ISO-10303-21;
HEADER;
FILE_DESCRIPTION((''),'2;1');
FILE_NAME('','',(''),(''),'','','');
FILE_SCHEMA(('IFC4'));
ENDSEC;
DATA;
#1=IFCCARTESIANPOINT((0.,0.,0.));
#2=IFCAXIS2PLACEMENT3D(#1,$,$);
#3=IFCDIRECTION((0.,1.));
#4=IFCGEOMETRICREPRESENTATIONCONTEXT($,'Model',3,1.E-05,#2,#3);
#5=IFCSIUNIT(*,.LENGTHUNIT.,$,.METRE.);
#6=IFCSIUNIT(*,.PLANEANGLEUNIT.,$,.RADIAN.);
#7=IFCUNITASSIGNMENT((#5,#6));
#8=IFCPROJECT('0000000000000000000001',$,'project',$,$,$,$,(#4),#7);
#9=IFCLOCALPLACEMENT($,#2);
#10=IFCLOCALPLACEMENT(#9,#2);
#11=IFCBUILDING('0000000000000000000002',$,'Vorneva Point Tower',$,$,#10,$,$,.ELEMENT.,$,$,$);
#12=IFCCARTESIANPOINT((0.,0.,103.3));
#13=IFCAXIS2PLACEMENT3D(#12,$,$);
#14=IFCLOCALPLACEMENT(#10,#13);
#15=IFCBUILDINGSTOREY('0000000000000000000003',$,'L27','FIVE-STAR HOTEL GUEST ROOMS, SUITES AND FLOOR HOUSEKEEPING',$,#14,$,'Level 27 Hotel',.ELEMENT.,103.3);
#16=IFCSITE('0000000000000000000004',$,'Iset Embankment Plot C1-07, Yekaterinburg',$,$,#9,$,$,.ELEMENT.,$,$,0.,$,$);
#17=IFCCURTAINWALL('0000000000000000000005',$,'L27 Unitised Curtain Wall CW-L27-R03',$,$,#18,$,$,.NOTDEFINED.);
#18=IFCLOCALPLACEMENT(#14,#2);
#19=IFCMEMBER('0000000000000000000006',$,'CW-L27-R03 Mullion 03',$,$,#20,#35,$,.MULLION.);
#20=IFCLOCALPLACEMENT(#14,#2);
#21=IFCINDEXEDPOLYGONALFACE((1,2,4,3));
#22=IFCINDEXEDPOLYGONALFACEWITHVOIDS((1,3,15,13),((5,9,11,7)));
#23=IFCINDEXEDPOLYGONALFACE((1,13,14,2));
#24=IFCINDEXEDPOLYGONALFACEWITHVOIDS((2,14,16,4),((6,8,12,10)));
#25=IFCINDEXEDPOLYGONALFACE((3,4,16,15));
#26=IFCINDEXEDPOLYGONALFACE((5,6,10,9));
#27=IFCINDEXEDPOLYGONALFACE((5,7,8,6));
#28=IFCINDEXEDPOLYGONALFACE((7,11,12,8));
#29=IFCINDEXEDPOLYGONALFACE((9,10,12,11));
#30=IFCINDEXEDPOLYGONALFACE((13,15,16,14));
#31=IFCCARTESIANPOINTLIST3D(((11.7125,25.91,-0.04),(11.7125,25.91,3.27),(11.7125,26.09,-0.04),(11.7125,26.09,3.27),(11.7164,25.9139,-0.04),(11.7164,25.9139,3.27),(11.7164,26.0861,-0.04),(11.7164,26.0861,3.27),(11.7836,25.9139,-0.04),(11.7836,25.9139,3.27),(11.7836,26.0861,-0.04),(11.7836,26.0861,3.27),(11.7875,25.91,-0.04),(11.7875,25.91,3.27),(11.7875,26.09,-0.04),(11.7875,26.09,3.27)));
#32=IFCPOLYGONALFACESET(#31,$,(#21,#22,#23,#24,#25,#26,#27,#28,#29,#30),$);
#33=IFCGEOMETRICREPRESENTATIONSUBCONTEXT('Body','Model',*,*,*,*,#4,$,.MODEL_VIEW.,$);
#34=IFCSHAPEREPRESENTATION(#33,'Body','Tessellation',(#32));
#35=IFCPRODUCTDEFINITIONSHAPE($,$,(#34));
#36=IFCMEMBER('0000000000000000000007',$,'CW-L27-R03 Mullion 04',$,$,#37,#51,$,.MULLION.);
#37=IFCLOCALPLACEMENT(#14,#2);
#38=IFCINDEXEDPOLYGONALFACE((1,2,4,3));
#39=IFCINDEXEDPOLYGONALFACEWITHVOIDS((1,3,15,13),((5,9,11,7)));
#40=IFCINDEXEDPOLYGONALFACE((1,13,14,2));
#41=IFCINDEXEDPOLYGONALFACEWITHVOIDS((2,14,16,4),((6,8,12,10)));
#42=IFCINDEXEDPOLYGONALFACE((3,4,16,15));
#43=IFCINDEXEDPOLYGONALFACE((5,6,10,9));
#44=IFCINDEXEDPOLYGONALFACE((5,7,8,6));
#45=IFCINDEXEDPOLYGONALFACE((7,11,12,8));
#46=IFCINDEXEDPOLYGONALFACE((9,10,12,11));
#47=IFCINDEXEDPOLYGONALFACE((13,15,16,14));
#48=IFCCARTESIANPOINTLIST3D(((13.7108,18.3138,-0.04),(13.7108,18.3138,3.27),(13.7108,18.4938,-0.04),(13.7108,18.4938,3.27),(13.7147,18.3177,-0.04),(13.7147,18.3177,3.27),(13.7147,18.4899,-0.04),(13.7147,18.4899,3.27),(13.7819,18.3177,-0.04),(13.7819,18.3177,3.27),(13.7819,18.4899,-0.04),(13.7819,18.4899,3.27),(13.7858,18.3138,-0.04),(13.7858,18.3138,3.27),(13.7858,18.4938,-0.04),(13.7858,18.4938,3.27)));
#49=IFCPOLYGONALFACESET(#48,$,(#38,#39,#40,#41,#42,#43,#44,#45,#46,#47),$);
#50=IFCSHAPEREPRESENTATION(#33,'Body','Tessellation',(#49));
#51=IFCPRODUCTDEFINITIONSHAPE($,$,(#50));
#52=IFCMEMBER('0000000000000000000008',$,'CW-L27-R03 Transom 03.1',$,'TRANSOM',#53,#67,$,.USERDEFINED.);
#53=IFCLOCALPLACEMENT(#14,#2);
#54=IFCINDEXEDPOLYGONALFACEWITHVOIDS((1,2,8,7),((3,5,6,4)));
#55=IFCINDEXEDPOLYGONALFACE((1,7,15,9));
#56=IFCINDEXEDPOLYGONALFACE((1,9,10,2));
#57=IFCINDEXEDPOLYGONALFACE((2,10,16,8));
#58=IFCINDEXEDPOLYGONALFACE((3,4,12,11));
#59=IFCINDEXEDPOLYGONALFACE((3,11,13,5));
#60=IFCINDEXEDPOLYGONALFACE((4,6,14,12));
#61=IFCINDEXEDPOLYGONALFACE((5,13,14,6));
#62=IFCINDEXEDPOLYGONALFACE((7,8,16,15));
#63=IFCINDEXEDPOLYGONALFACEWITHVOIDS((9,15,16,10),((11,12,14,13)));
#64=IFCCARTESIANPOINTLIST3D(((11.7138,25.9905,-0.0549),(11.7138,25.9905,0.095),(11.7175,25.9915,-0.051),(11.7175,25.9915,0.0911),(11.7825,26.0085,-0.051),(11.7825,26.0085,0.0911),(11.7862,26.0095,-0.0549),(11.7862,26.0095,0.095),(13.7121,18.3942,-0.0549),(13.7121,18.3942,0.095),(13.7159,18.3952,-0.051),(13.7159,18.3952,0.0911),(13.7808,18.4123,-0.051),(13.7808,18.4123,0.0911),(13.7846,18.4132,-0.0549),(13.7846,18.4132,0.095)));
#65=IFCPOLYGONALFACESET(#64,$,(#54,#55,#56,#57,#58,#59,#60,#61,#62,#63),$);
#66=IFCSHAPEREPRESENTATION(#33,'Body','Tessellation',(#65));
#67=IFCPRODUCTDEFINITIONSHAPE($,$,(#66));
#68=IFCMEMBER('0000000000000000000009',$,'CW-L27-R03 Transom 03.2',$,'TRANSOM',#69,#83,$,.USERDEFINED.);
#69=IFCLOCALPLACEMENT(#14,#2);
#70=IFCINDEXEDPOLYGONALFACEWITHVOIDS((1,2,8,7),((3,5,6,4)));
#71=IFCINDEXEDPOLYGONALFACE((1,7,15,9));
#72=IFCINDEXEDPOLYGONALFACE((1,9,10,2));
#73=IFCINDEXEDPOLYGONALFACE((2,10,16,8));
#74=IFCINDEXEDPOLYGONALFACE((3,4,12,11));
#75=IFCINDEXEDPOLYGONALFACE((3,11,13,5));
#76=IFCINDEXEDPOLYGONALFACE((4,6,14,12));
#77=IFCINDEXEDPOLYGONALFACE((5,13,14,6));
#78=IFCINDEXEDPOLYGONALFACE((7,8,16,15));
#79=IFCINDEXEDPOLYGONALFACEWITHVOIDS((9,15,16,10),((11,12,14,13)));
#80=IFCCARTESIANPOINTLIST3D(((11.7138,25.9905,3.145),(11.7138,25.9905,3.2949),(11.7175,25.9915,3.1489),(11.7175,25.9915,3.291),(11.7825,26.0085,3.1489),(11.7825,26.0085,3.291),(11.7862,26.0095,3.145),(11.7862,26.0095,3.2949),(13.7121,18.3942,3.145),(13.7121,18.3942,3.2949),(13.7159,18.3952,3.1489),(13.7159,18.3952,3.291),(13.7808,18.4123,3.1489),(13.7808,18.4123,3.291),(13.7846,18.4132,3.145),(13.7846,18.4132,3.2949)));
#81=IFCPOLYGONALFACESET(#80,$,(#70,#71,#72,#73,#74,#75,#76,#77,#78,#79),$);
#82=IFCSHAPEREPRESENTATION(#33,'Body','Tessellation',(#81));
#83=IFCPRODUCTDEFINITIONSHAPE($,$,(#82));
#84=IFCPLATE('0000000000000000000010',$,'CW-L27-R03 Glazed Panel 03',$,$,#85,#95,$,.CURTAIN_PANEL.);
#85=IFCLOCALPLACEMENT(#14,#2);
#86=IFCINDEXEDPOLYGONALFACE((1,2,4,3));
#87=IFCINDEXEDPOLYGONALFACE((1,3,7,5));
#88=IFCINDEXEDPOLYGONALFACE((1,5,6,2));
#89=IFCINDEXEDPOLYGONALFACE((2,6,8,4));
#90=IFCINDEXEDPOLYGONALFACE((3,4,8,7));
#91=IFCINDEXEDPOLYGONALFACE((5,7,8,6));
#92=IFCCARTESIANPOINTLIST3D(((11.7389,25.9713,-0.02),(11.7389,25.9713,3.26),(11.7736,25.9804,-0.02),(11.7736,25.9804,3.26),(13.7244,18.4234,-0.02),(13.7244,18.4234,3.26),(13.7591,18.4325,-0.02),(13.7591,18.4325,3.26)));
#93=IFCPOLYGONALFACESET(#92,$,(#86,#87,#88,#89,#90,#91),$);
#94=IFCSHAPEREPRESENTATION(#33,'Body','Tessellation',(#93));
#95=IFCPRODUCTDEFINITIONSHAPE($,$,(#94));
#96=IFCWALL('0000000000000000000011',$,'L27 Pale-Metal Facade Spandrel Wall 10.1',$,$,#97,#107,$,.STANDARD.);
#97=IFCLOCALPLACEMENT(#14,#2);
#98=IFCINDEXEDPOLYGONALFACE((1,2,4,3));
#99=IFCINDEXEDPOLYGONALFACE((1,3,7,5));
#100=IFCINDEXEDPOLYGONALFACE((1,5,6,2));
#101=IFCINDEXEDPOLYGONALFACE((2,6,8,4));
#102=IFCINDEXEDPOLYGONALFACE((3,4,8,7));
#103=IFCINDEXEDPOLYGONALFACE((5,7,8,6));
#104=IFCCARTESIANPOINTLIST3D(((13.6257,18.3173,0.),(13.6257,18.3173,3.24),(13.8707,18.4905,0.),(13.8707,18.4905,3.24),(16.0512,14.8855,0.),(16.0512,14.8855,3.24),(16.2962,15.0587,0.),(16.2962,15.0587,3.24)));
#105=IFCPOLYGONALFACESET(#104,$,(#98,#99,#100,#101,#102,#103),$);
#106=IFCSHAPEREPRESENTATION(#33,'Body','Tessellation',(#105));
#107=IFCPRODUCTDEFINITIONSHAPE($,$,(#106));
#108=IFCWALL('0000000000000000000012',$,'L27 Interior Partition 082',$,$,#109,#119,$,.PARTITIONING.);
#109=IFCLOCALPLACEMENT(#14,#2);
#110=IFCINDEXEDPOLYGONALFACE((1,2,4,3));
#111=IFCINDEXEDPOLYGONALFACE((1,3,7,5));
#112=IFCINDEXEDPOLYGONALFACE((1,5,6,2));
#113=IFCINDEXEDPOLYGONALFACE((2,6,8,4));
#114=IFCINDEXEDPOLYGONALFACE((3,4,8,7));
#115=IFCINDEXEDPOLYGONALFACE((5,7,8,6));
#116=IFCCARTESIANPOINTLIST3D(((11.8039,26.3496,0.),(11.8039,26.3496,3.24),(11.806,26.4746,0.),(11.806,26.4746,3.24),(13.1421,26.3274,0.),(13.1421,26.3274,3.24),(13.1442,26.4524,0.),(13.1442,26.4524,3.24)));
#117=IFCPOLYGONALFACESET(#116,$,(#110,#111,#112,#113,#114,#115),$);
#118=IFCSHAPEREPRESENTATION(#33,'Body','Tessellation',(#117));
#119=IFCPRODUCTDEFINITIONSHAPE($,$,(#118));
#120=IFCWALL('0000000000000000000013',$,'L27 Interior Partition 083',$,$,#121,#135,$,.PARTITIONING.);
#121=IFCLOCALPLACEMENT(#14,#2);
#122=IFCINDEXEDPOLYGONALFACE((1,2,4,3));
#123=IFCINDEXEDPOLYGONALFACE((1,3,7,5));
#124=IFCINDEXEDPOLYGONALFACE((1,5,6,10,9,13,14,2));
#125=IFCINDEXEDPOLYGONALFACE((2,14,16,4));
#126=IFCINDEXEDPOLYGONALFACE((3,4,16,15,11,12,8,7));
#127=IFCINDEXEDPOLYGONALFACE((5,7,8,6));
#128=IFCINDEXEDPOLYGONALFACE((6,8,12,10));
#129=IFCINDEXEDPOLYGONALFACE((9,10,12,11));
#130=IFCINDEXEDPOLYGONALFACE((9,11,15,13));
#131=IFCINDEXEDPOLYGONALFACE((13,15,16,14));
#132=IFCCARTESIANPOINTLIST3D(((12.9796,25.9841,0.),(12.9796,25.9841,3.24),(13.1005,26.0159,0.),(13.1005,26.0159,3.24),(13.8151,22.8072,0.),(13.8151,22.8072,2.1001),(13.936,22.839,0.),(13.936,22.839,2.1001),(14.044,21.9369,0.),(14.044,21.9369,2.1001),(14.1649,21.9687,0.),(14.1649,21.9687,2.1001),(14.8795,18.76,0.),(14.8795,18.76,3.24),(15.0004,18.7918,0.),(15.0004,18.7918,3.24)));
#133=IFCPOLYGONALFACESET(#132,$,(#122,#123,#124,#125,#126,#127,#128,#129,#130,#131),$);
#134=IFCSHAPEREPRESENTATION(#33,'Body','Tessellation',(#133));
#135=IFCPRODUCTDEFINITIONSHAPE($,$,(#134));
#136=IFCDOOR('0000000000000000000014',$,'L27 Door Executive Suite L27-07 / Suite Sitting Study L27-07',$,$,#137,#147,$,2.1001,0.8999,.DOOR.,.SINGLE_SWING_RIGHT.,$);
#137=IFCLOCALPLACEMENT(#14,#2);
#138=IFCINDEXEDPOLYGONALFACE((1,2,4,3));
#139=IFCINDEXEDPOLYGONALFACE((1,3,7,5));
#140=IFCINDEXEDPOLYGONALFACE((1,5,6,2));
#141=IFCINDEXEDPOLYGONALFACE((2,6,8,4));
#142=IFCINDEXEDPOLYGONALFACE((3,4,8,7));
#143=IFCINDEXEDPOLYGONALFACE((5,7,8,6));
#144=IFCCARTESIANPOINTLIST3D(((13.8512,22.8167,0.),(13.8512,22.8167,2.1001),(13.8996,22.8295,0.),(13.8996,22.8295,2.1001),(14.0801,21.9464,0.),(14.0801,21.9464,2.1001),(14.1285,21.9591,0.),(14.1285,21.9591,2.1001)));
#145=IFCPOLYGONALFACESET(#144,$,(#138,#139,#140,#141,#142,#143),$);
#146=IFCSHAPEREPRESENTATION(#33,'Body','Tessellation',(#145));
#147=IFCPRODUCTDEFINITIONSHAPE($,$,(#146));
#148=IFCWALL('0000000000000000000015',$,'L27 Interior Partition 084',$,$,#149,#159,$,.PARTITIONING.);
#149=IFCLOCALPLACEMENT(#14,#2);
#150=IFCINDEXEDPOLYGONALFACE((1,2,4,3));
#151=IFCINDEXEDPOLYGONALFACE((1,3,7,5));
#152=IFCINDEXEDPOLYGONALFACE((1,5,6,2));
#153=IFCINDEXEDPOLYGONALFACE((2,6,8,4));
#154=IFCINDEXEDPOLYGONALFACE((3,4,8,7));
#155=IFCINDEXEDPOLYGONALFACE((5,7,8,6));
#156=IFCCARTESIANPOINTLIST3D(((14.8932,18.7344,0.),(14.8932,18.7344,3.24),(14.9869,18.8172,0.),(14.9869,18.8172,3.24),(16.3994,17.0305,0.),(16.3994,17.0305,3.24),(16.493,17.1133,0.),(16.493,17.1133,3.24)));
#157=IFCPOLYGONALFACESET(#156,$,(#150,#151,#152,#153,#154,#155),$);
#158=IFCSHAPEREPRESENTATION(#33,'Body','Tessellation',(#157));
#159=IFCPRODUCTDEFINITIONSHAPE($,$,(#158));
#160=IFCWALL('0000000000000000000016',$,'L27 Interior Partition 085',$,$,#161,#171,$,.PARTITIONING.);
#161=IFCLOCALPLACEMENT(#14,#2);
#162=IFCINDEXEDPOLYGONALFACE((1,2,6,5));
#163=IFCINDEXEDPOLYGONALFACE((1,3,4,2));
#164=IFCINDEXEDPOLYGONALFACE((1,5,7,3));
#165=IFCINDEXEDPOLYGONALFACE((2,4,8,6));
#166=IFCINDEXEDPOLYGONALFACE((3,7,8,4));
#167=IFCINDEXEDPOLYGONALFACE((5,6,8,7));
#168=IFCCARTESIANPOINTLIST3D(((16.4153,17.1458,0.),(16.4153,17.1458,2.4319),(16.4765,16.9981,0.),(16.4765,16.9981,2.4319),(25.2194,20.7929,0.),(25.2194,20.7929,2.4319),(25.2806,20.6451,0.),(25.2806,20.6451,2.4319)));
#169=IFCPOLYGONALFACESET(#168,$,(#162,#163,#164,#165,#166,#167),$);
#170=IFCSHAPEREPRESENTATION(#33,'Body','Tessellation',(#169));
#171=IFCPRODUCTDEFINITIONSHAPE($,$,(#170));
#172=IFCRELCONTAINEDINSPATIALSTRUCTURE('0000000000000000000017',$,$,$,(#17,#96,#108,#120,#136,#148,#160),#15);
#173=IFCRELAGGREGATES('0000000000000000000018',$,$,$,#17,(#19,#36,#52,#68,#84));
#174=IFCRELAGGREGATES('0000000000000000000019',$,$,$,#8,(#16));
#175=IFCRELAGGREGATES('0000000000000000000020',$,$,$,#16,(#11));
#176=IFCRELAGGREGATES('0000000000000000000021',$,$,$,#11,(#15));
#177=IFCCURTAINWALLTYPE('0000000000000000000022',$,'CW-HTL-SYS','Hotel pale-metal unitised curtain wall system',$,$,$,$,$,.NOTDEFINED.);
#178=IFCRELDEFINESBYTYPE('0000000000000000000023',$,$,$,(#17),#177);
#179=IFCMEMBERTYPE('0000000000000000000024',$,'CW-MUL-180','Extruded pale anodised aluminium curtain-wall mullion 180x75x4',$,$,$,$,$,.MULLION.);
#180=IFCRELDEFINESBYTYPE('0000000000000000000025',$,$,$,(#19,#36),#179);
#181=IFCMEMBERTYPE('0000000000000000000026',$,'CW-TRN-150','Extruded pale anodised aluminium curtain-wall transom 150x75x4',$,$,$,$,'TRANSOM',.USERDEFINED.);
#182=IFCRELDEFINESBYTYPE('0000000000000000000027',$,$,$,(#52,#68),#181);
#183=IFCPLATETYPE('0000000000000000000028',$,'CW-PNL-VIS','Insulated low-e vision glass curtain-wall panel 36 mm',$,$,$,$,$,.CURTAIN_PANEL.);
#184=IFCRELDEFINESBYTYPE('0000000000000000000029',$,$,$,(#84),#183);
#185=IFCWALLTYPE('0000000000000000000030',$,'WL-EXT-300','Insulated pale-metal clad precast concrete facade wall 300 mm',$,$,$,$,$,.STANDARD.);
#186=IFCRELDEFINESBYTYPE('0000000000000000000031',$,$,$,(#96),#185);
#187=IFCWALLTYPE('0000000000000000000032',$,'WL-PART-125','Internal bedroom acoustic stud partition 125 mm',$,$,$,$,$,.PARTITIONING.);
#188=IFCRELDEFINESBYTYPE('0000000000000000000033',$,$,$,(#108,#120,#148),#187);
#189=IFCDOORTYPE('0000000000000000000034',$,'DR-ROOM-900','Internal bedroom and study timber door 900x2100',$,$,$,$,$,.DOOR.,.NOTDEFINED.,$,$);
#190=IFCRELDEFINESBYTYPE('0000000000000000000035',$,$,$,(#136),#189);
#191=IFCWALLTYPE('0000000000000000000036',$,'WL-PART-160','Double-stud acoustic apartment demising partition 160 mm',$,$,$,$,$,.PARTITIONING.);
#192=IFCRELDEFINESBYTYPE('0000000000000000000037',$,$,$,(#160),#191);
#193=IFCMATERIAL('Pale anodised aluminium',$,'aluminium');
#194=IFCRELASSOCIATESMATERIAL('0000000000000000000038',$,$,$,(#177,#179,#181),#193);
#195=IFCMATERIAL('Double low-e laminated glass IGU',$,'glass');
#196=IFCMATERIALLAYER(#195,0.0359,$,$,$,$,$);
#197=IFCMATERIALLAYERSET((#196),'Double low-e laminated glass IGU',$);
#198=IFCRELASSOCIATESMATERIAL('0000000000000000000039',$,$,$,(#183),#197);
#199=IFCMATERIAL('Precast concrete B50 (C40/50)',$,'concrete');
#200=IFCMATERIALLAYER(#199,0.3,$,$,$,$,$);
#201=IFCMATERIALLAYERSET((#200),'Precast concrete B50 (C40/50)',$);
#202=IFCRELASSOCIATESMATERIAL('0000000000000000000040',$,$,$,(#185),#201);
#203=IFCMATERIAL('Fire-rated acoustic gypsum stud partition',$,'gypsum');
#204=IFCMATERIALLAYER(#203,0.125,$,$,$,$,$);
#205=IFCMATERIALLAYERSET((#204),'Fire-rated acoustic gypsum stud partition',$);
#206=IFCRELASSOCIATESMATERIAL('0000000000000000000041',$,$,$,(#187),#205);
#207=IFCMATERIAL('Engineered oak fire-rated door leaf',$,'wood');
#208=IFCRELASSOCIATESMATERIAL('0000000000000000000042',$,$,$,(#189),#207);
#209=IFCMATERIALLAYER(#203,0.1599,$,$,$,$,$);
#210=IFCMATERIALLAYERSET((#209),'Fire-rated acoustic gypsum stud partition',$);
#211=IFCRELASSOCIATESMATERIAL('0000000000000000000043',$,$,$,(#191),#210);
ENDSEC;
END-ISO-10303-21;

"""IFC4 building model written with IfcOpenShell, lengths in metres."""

from ifc_helpers import new_model, si_unit, direction, frame, frame_2d, origin, origin_2d, place, context, subcontext, project, spatial, rectangle, hollow_rectangle, extrude, material, layer, layer_set, material_profile, profile_set, type_object, element, fill, aggregate, save


model = new_model("IFC4")

# Units and contexts
model_context = context("Model", 3, precision=1e-05, world=origin(), true_north=direction((0.0, 1.0)))
body_context = subcontext(model_context, "Body", "Model", "MODEL_VIEW")
ifc_project = project(units=[si_unit("LENGTHUNIT", "METRE"), si_unit("PLANEANGLEUNIT", "RADIAN")], contexts=[model_context])

# Site, building, storey
site_placement = place(None, origin())
site = spatial("IfcSite", under=ifc_project, at=site_placement, Name="Iset Embankment Plot C1-07, Yekaterinburg", CompositionType="ELEMENT", RefElevation=0.0)
building_placement = place(site_placement, origin())
building = spatial("IfcBuilding", under=site, at=building_placement, Name="Vorneva Point Tower", CompositionType="ELEMENT")
storey_placement = place(building_placement, frame((0.0, 0.0, 103.3)))
storey = spatial("IfcBuildingStorey", under=building, at=storey_placement, Name="L27", Description="FIVE-STAR HOTEL GUEST ROOMS, SUITES AND FLOOR HOUSEKEEPING", LongName="Level 27 Hotel", CompositionType="ELEMENT", Elevation=103.3)

# Curtain wall, members, plate
ifc_material_1 = material(Name="Pale anodised aluminium", Category="aluminium")
curtain_wall_type = type_object("IfcCurtainWallType", Name="CW-HTL-SYS", Description="Hotel pale-metal unitised curtain wall system", PredefinedType="NOTDEFINED", material=ifc_material_1)
curtain_wall_placement = place(storey_placement, origin())
curtain_wall = element("IfcCurtainWall", 1, at=curtain_wall_placement, inside=storey, type_object=curtain_wall_type, Name="L27 Unitised Curtain Wall CW-L27-R03", PredefinedType="NOTDEFINED")
ifc_material_profile_1 = material_profile(ifc_material_1, hollow_rectangle(XDim=0.075, YDim=0.1799, WallThickness=0.0039, at=origin_2d()), Name="AL-MUL 180x75x4")
ifc_profile_set_1 = profile_set([ifc_material_profile_1], Name="Pale anodised aluminium")
member_type_1 = type_object("IfcMemberType", Name="CW-MUL-180", Description="Extruded pale anodised aluminium curtain-wall mullion 180x75x4", PredefinedType="MULLION", material=ifc_profile_set_1)
member_1_placement = place(storey_placement, frame((11.75, 26.0, -0.04), z_axis=(0.0, 0.0, 1.0), x_axis=(1.0, 0.0, 0.0)))
member_1 = element("IfcMember", 2, at=member_1_placement, type_object=member_type_1, Name="CW-L27-R03 Mullion 03", PredefinedType="MULLION", context=body_context, shape_type="SweptSolid", body=[
    extrude(hollow_rectangle(XDim=0.075, YDim=0.1799, WallThickness=0.0039, at=origin_2d()), origin(), (0.0, 0.0, 1.0), 3.3101),
])
member_2_placement = place(storey_placement, frame((13.7483, 18.4038, -0.04), z_axis=(0.0, 0.0, 1.0), x_axis=(1.0, 0.0, 0.0)))
member_2 = element("IfcMember", 3, at=member_2_placement, type_object=member_type_1, Name="CW-L27-R03 Mullion 04", PredefinedType="MULLION", context=body_context, shape_type="SweptSolid", body=[
    extrude(hollow_rectangle(XDim=0.075, YDim=0.1799, WallThickness=0.0039, at=origin_2d()), origin(), (0.0, 0.0, 1.0), 3.3101),
])
ifc_material_profile_2 = material_profile(ifc_material_1, hollow_rectangle(XDim=0.075, YDim=0.1499, WallThickness=0.0039, at=origin_2d()), Name="AL-TRN 150x75x4")
ifc_profile_set_2 = profile_set([ifc_material_profile_2], Name="Pale anodised aluminium")
member_type_2 = type_object("IfcMemberType", Name="CW-TRN-150", Description="Extruded pale anodised aluminium curtain-wall transom 150x75x4", ElementType="TRANSOM", PredefinedType="USERDEFINED", material=ifc_profile_set_2)
member_3_placement = place(storey_placement, frame((11.75, 26.0, 0.02), z_axis=(0.254409, -0.967097, 0.0), x_axis=(0.967097, 0.254409, 0.0)))
member_3 = element("IfcMember", 4, at=member_3_placement, type_object=member_type_2, Name="CW-L27-R03 Transom 03.1", ObjectType="TRANSOM", PredefinedType="USERDEFINED", context=body_context, shape_type="SweptSolid", body=[
    extrude(hollow_rectangle(XDim=0.075, YDim=0.1499, WallThickness=0.0039, at=origin_2d()), origin(), (0.0, 0.0, 1.0), 7.8547),
])
member_4_placement = place(storey_placement, frame((11.75, 26.0, 3.22), z_axis=(0.254409, -0.967097, 0.0), x_axis=(0.967097, 0.254409, 0.0)))
member_4 = element("IfcMember", 5, at=member_4_placement, type_object=member_type_2, Name="CW-L27-R03 Transom 03.2", ObjectType="TRANSOM", PredefinedType="USERDEFINED", context=body_context, shape_type="SweptSolid", body=[
    extrude(hollow_rectangle(XDim=0.075, YDim=0.1499, WallThickness=0.0039, at=origin_2d()), origin(), (0.0, 0.0, 1.0), 7.8547),
])
ifc_material_2 = material(Name="Double low-e laminated glass IGU", Category="glass")
ifc_layer_1 = layer(ifc_material_2, 0.0359)
ifc_layer_set_1 = layer_set([ifc_layer_1], Name="Double low-e laminated glass IGU")
plate_type = type_object("IfcPlateType", Name="CW-PNL-VIS", Description="Insulated low-e vision glass curtain-wall panel 36 mm", PredefinedType="CURTAIN_PANEL", material=ifc_layer_set_1)
plate_placement = place(storey_placement, frame((12.749, 22.2019, -0.02), z_axis=(0.0, 0.0, 1.0), x_axis=(0.254399, -0.967099, 0.0)))
plate = element("IfcPlate", 6, at=plate_placement, type_object=plate_type, Name="CW-L27-R03 Glazed Panel 03", PredefinedType="CURTAIN_PANEL", context=body_context, shape_type="SweptSolid", body=[
    extrude(rectangle(XDim=7.8047, YDim=0.0359, at=origin_2d()), origin(), (0.0, 0.0, 1.0), 3.28),
])
aggregate(curtain_wall, [member_1, member_2, member_3, member_4, plate])

# Walls
ifc_material_3 = material(Name="Precast concrete B50 (C40/50)", Category="concrete")
ifc_layer_2 = layer(ifc_material_3, 0.3)
ifc_layer_set_2 = layer_set([ifc_layer_2], Name="Precast concrete B50 (C40/50)")
wall_type_1 = type_object("IfcWallType", Name="WL-EXT-300", Description="Insulated pale-metal clad precast concrete facade wall 300 mm", PredefinedType="STANDARD", material=ifc_layer_set_2)
wall_1_placement = place(storey_placement, frame((13.7483, 18.4038, 0.0), z_axis=(0.0, 0.0, 1.0), x_axis=(0.577164, -0.816628, 0.0)))
element("IfcWall", 7, at=wall_1_placement, inside=storey, type_object=wall_type_1, Name="L27 Pale-Metal Facade Spandrel Wall 10.1", PredefinedType="STANDARD", context=body_context, shape_type="SweptSolid", body=[
    extrude(rectangle(XDim=4.2024, YDim=0.3, at=frame_2d((2.1011, 0.0))), origin(), (0.0, 0.0, 1.0), 3.24),
])
ifc_material_4 = material(Name="Fire-rated acoustic gypsum stud partition", Category="gypsum")
ifc_layer_3 = layer(ifc_material_4, 0.125)
ifc_layer_set_3 = layer_set([ifc_layer_3], Name="Fire-rated acoustic gypsum stud partition")
wall_type_2 = type_object("IfcWallType", Name="WL-PART-125", Description="Internal bedroom acoustic stud partition 125 mm", PredefinedType="PARTITIONING", material=ifc_layer_set_3)
wall_2_placement = place(storey_placement, frame((11.8049, 26.4121, 0.0), z_axis=(0.0, 0.0, 1.0), x_axis=(0.999862, -0.016601, 0.0)))
element("IfcWall", 8, at=wall_2_placement, inside=storey, type_object=wall_type_2, Name="L27 Interior Partition 082", PredefinedType="PARTITIONING", context=body_context, shape_type="SweptSolid", body=[
    extrude(rectangle(XDim=1.3384, YDim=0.125, at=frame_2d((0.6692, 0.0))), origin(), (0.0, 0.0, 1.0), 3.24),
])

# Wall, opening, door
wall_3_placement = place(storey_placement, frame((13.04, 26.0, 0.0), z_axis=(0.0, 0.0, 1.0), x_axis=(0.254345, -0.967113, 0.0)))
wall_3 = element("IfcWall", 9, at=wall_3_placement, inside=storey, type_object=wall_type_2, Name="L27 Interior Partition 083", PredefinedType="PARTITIONING", context=body_context, shape_type="SweptSolid", body=[
    extrude(rectangle(XDim=7.4697, YDim=0.125, at=frame_2d((3.7349, 0.0))), origin(), (0.0, 0.0, 1.0), 3.24),
])
opening_placement = place(wall_3_placement, frame((3.2849, 0.0, 0.0)))
opening = element("IfcOpeningElement", 10, at=opening_placement, cuts=wall_3, PredefinedType="OPENING", context=body_context, shape_type="SweptSolid", body=[
    extrude(rectangle(XDim=0.8999, YDim=2.1001, at=frame_2d((0.45, 1.05))), frame((0.0, 0.0774, 0.0), z_axis=(0.0, -1.0, 0.0), x_axis=(1.0, 0.0, 0.0)), (0.0, 0.0, 1.0), 0.1548),
])
ifc_material_5 = material(Name="Engineered oak fire-rated door leaf", Category="wood")
door_type = type_object("IfcDoorType", Name="DR-ROOM-900", Description="Internal bedroom and study timber door 900x2100", OperationType="NOTDEFINED", PredefinedType="DOOR", material=ifc_material_5)
door_placement = place(opening_placement, origin())
door = element("IfcDoor", 11, at=door_placement, inside=storey, type_object=door_type, Name="L27 Door Executive Suite L27-07 / Suite Sitting Study L27-07", OperationType="SINGLE_SWING_RIGHT", OverallHeight=2.1001, OverallWidth=0.8999, PredefinedType="DOOR", context=body_context, shape_type="SweptSolid", body=[
    extrude(rectangle(XDim=0.8999, YDim=2.1001, at=frame_2d((0.45, 1.05))), frame((0.0, 0.0249, 0.0), z_axis=(0.0, -1.0, 0.0), x_axis=(1.0, 0.0, 0.0)), (0.0, 0.0, 1.0), 0.05),
])
fill(opening, door)

# Walls
wall_4_placement = place(storey_placement, frame((14.9399, 18.7759, 0.0), z_axis=(0.0, 0.0, 1.0), x_axis=(0.662289, -0.749249, 0.0)))
element("IfcWall", 12, at=wall_4_placement, inside=storey, type_object=wall_type_2, Name="L27 Interior Partition 084", PredefinedType="PARTITIONING", context=body_context, shape_type="SweptSolid", body=[
    extrude(rectangle(XDim=2.2742, YDim=0.125, at=frame_2d((1.1372, 0.0))), origin(), (0.0, 0.0, 1.0), 3.24),
])
ifc_layer_4 = layer(ifc_material_4, 0.1599)
ifc_layer_set_4 = layer_set([ifc_layer_4], Name="Fire-rated acoustic gypsum stud partition")
wall_type_3 = type_object("IfcWallType", Name="WL-PART-160", Description="Double-stud acoustic apartment demising partition 160 mm", PredefinedType="PARTITIONING", material=ifc_layer_set_4)
wall_5_placement = place(storey_placement, frame((16.446, 17.072, 0.0), z_axis=(0.0, 0.0, 1.0), x_axis=(0.92387, 0.382706, 0.0)))
element("IfcWall", 13, at=wall_5_placement, inside=storey, type_object=wall_type_3, Name="L27 Interior Partition 085", PredefinedType="PARTITIONING", context=body_context, shape_type="SweptSolid", body=[
    extrude(rectangle(XDim=9.5295, YDim=0.1599, at=frame_2d((4.7646, 0.0))), origin(), (0.0, 0.0, 1.0), 2.4319),
])

save(model, "model.ifc")
